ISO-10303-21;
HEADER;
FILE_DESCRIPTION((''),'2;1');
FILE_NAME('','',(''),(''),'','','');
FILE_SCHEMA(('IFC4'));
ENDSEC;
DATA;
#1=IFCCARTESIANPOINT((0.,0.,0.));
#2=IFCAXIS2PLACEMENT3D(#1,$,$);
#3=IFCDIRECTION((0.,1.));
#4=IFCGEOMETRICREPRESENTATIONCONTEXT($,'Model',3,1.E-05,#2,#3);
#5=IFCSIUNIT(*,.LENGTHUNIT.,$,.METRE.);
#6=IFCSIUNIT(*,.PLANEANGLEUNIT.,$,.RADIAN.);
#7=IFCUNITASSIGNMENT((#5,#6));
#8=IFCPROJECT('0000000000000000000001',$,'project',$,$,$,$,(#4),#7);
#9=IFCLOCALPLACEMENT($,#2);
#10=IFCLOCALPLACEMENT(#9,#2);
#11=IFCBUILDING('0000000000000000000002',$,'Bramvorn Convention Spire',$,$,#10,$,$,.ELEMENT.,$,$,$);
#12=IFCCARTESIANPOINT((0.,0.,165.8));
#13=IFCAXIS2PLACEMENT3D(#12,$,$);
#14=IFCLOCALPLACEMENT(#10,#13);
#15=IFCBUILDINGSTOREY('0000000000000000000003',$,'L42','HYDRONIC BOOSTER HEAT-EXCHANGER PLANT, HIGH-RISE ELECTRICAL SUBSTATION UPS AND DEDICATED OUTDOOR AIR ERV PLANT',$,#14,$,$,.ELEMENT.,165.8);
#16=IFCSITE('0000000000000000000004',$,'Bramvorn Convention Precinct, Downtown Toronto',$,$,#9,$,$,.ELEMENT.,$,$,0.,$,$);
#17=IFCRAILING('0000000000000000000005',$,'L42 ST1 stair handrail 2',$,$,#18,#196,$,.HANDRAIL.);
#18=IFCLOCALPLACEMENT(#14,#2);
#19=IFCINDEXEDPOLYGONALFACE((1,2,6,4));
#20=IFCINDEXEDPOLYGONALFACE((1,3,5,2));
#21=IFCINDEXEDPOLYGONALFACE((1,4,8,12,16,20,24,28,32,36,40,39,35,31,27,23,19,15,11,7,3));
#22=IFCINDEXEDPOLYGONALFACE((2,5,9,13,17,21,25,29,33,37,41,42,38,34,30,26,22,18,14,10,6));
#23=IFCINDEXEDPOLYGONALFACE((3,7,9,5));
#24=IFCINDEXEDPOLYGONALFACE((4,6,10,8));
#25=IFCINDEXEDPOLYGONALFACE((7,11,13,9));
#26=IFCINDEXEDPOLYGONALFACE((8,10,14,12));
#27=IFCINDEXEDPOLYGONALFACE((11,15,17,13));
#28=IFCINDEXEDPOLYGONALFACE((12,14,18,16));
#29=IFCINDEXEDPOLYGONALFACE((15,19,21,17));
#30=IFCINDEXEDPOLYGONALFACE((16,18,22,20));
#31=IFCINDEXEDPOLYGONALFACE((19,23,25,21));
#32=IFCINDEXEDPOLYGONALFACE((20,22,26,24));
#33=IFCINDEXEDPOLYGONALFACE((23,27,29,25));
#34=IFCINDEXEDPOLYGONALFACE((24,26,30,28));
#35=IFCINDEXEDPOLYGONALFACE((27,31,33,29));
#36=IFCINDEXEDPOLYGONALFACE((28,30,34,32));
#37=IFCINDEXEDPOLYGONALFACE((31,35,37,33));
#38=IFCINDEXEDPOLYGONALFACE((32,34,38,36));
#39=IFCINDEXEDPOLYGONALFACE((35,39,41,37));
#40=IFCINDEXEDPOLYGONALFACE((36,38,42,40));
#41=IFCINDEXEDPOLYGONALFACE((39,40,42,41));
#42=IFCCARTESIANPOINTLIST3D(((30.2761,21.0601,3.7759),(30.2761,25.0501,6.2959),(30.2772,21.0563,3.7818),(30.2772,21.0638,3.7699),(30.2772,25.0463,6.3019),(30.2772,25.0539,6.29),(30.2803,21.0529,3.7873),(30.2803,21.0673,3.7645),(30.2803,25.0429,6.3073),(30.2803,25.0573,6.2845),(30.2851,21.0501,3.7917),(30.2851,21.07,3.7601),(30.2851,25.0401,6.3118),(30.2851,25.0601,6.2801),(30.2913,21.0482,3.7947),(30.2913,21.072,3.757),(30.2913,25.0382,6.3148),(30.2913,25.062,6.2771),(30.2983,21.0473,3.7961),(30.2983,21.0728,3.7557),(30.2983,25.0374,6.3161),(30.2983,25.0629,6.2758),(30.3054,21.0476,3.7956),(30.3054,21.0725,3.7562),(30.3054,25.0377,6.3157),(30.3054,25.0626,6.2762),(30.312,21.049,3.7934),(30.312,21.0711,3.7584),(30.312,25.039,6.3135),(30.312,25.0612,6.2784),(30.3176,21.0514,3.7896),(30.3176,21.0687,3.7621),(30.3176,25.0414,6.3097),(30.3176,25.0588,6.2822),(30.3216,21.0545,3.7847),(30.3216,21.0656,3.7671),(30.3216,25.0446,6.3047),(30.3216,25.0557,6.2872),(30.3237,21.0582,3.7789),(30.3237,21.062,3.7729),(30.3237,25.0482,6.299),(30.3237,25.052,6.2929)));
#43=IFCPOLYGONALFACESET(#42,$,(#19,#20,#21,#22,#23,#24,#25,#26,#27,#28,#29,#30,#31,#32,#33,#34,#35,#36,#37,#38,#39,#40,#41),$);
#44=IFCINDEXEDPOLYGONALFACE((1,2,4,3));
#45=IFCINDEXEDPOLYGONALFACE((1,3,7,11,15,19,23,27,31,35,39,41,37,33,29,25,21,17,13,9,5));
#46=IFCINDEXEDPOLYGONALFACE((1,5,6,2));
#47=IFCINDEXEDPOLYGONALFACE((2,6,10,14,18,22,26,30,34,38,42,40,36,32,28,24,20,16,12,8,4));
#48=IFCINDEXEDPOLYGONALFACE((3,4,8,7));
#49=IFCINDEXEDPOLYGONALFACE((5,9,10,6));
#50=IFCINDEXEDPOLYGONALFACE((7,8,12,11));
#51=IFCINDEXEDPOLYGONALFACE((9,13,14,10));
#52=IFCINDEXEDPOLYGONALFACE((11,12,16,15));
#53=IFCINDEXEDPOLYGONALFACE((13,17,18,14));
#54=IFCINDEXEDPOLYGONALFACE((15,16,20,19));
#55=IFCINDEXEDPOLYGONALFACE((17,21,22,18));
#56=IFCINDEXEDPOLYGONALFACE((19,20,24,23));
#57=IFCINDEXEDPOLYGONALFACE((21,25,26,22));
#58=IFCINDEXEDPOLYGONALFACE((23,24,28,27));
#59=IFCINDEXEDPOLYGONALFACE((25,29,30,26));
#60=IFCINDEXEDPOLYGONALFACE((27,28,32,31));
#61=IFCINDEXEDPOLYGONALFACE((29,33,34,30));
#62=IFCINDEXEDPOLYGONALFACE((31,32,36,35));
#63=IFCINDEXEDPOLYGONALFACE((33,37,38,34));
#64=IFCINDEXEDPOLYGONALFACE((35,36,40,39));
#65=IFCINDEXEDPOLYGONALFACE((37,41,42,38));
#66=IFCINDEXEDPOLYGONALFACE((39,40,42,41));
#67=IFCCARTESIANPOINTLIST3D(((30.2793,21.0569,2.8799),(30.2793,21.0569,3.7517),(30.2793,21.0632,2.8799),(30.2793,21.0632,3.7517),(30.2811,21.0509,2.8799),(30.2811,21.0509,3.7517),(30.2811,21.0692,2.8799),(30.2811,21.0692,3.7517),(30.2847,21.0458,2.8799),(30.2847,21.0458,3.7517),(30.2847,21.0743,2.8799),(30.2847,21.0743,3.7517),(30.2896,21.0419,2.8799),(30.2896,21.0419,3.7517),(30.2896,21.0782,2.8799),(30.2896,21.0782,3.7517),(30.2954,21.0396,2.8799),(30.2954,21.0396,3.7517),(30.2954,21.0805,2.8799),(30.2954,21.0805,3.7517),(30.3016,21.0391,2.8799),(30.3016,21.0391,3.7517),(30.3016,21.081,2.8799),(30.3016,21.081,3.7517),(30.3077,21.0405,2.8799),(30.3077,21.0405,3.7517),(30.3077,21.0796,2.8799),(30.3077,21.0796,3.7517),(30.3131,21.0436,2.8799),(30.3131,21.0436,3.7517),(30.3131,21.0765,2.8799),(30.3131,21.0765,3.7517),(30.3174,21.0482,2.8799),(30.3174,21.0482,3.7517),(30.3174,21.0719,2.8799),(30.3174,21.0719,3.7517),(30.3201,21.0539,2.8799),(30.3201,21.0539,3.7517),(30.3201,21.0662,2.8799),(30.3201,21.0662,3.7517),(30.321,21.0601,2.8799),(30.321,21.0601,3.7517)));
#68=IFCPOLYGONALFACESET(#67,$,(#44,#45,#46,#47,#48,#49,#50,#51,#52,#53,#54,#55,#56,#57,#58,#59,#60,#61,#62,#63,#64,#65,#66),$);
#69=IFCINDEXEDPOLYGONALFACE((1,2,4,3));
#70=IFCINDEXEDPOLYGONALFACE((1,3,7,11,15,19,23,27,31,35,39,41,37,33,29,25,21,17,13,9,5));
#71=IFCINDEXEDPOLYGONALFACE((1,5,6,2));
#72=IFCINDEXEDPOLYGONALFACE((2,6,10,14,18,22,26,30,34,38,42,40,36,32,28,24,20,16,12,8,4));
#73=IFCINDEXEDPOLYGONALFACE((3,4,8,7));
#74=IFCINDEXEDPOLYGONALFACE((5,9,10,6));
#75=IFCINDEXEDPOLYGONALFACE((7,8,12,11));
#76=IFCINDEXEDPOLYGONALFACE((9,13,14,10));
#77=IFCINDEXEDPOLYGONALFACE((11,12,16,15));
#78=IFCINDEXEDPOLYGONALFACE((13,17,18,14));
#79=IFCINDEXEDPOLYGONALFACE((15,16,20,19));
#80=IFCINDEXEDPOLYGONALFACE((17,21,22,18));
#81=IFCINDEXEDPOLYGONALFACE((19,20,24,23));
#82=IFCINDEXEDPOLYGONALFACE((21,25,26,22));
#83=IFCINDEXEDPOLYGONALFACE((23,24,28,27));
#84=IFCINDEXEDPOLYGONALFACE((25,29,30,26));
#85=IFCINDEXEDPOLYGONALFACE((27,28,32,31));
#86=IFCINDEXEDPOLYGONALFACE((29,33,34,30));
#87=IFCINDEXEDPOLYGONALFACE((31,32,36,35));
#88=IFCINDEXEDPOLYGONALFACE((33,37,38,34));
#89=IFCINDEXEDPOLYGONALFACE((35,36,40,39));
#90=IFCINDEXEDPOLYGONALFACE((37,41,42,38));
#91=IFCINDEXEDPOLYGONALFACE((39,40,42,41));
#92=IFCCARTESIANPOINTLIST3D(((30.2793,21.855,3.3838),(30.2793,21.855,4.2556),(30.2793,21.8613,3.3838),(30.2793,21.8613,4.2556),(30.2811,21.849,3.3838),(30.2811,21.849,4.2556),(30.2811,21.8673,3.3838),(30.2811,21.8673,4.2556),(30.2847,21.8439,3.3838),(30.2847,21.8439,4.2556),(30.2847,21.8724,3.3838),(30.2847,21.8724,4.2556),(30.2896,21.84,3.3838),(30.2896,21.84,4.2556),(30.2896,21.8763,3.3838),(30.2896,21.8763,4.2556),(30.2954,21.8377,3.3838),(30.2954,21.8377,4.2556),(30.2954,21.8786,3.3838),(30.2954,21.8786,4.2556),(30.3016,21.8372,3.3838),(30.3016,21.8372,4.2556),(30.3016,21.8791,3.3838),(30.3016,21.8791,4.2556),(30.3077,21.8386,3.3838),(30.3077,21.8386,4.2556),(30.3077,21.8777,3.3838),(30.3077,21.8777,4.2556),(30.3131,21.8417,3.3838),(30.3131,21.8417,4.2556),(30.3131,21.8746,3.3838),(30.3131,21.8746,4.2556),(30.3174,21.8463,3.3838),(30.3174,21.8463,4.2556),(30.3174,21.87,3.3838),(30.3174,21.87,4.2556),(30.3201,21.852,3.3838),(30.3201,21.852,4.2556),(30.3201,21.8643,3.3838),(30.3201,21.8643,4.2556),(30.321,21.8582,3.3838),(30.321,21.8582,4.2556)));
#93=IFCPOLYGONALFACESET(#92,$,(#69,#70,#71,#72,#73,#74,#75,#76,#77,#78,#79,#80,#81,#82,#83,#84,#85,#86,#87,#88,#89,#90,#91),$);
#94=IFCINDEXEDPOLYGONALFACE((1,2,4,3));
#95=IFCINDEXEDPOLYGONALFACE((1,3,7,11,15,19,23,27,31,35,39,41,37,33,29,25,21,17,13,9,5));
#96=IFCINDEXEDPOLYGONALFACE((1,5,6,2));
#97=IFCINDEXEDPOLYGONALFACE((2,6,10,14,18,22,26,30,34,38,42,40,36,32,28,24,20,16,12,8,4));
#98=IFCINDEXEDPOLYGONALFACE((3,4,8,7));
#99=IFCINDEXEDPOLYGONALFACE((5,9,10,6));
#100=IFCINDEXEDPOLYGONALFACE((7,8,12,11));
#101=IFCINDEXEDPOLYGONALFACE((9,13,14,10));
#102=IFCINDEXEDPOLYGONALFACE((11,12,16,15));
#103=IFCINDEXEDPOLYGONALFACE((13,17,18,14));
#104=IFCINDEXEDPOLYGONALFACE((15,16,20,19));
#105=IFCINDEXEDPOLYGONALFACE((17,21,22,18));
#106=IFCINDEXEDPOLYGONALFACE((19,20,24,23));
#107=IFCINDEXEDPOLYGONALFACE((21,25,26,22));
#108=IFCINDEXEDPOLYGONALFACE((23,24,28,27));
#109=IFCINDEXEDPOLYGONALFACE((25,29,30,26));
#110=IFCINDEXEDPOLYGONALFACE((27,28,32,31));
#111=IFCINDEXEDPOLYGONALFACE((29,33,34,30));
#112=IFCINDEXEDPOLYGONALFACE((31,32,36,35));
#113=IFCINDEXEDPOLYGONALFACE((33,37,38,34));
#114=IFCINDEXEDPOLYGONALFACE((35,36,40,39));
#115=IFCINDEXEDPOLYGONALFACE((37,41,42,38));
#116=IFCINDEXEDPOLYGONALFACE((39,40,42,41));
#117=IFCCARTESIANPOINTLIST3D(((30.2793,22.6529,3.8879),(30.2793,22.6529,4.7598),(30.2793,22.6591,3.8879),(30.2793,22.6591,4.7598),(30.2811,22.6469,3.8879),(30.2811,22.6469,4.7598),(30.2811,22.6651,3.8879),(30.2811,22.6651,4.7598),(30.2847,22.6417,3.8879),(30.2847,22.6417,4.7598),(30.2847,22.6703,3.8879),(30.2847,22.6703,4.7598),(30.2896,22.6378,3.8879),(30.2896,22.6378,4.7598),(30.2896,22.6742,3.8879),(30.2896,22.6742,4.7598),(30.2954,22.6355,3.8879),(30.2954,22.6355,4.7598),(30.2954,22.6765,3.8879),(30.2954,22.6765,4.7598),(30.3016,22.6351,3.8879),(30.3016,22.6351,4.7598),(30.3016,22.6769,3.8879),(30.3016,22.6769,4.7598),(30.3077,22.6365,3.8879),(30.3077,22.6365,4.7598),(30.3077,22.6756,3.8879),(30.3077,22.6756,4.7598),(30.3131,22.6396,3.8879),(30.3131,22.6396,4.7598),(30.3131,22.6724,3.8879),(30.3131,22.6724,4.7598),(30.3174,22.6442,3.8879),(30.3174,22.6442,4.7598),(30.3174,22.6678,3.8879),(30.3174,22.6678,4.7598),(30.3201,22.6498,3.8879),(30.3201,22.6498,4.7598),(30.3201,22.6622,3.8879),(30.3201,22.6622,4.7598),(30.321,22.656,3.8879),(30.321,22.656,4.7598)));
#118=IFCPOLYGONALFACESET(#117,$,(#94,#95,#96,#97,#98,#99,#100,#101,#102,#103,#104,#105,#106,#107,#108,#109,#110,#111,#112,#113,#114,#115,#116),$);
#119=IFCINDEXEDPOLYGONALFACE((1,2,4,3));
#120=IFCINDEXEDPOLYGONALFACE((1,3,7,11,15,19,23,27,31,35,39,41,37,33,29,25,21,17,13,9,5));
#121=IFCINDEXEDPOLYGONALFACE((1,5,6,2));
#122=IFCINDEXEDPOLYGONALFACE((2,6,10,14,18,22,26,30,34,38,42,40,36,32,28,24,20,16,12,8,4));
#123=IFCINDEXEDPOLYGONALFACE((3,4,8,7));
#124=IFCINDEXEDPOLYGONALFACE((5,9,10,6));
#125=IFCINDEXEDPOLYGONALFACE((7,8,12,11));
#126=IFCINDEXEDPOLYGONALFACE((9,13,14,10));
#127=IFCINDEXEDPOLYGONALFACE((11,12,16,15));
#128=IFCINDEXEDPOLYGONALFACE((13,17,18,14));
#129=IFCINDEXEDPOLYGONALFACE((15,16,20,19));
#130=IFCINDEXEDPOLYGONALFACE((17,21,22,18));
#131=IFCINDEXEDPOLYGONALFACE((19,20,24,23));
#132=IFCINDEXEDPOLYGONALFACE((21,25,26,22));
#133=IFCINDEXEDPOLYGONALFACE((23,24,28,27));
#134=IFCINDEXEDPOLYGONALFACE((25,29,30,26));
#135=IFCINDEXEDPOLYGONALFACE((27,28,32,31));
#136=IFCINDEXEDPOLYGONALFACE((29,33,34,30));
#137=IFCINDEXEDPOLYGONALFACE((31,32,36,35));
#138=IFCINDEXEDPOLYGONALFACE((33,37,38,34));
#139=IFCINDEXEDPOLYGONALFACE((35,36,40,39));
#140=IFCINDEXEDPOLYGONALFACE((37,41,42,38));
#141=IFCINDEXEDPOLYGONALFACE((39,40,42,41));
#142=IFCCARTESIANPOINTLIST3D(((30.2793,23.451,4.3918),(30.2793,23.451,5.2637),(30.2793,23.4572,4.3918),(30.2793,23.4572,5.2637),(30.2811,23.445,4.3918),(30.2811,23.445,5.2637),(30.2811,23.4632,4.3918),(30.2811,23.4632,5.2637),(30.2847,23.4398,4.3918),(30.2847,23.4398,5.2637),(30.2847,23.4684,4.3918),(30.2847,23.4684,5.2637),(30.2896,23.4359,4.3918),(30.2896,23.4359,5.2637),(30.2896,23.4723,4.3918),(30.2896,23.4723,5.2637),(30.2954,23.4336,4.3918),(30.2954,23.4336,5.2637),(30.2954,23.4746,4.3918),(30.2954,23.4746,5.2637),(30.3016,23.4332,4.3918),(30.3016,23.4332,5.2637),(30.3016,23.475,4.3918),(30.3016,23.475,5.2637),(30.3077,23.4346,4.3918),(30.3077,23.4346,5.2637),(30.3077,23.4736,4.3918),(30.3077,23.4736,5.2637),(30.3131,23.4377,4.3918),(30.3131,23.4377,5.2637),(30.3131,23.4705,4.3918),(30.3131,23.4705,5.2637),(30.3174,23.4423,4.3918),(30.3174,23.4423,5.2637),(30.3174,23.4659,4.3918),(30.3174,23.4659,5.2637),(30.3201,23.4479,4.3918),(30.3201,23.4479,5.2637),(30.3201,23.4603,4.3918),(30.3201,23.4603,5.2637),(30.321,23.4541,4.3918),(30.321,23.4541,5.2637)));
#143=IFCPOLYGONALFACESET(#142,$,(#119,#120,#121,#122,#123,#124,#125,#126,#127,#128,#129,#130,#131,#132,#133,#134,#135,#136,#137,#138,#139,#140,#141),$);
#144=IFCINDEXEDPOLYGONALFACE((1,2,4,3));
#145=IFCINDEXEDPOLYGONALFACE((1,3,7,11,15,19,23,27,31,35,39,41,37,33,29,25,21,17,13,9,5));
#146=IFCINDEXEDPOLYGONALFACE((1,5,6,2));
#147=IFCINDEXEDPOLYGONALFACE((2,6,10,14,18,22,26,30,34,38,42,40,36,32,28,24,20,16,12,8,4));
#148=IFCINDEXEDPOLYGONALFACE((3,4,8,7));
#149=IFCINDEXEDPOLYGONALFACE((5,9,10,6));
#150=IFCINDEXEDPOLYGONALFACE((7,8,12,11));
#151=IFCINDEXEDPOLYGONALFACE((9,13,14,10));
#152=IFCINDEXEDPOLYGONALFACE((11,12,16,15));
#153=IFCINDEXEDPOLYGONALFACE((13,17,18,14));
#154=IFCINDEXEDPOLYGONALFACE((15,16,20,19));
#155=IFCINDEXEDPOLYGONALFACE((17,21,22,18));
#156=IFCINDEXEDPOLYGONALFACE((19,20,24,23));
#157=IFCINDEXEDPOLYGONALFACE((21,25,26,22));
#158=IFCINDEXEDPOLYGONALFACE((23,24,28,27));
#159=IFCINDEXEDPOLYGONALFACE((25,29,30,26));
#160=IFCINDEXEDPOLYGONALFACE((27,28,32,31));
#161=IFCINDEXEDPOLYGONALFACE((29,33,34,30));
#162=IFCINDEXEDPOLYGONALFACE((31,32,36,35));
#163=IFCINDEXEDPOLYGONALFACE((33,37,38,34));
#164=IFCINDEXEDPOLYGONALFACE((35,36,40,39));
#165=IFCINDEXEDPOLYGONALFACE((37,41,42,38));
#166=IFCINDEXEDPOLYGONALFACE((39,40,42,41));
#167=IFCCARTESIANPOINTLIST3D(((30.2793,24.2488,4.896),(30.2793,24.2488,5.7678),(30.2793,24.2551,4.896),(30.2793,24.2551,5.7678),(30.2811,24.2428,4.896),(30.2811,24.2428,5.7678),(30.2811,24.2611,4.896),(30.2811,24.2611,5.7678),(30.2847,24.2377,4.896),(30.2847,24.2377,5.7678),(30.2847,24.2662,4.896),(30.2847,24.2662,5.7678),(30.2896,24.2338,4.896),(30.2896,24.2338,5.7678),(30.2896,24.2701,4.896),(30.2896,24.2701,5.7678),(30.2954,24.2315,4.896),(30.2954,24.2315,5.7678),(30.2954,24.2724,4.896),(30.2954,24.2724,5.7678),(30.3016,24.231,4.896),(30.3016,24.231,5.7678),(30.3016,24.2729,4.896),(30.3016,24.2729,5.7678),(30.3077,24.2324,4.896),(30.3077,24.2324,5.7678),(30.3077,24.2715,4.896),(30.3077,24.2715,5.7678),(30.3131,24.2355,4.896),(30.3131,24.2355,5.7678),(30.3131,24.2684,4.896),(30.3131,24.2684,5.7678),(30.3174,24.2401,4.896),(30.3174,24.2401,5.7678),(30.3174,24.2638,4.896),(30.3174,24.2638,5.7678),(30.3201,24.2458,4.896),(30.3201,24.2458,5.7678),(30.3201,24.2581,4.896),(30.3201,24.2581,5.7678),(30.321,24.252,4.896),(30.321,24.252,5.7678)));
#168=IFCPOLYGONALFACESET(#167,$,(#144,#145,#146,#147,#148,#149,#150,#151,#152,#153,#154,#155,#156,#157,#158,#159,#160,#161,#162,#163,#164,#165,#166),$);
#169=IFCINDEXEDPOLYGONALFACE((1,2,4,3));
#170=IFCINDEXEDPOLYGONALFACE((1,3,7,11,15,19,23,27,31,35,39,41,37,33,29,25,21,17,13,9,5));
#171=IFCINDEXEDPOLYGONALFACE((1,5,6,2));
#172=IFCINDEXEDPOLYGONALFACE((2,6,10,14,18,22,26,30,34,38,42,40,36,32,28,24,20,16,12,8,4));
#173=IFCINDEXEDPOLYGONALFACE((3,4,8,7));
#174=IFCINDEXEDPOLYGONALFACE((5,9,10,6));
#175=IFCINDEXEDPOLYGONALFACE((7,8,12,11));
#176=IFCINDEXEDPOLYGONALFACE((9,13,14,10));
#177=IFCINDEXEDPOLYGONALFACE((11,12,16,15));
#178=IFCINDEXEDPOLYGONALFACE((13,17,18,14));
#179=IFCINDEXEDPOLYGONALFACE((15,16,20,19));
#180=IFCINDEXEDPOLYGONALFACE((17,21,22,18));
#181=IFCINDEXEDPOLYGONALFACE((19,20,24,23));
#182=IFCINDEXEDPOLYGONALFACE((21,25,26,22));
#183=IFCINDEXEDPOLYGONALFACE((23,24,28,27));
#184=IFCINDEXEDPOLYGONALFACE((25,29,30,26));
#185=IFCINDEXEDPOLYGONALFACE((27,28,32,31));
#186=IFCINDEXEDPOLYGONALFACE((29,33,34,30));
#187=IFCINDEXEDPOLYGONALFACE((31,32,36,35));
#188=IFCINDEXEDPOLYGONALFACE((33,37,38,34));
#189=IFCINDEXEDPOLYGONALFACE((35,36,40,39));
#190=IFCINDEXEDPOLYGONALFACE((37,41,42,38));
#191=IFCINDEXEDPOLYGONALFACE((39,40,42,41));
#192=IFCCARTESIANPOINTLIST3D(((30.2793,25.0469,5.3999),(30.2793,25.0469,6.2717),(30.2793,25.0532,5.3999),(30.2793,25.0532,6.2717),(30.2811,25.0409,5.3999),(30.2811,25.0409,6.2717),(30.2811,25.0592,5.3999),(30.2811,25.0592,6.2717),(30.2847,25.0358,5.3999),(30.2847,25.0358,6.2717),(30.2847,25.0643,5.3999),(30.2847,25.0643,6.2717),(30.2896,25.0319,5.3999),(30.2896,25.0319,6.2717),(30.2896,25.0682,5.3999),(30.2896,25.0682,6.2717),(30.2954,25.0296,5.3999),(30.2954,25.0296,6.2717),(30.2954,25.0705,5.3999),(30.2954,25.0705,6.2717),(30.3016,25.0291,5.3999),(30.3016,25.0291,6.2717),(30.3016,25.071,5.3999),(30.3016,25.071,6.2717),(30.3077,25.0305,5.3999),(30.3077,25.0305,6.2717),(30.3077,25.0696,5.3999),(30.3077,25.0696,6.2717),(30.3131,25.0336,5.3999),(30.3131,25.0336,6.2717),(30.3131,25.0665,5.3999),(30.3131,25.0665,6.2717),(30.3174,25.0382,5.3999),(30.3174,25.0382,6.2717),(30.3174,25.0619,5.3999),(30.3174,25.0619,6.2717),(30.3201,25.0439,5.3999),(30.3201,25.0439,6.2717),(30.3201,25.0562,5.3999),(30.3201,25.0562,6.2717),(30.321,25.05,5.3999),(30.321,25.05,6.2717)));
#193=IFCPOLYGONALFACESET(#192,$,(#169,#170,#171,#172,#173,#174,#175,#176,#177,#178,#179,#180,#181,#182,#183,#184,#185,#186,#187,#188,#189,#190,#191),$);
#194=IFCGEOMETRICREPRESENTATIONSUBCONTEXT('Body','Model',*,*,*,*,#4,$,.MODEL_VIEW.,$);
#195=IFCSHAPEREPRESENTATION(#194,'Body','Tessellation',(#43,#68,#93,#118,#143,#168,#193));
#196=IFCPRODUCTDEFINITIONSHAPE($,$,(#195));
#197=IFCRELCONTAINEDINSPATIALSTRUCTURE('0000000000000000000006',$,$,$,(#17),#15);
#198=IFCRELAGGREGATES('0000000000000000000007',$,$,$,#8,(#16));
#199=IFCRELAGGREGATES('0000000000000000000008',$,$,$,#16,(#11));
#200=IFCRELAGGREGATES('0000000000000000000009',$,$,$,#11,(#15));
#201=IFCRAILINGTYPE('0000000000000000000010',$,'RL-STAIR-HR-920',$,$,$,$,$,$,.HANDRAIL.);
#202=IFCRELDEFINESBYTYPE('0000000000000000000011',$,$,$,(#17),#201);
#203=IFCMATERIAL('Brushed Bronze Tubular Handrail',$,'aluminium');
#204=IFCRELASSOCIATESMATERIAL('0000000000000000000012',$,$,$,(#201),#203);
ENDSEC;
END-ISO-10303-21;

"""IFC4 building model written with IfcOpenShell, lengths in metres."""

from ifc_helpers import new_model, si_unit, direction, frame, origin, origin_2d, place, context, subcontext, project, spatial, circle, extrude, material, type_object, element, save


model = new_model("IFC4")

# Units and contexts
model_context = context("Model", 3, precision=1e-05, world=origin(), true_north=direction((0.0, 1.0)))
body_context = subcontext(model_context, "Body", "Model", "MODEL_VIEW")
ifc_project = project(units=[si_unit("LENGTHUNIT", "METRE"), si_unit("PLANEANGLEUNIT", "RADIAN")], contexts=[model_context])

# Site, building, storey
site_placement = place(None, origin())
site = spatial("IfcSite", under=ifc_project, at=site_placement, Name="Bramvorn Convention Precinct, Downtown Toronto", CompositionType="ELEMENT", RefElevation=0.0)
building_placement = place(site_placement, origin())
building = spatial("IfcBuilding", under=site, at=building_placement, Name="Bramvorn Convention Spire", CompositionType="ELEMENT")
storey_placement = place(building_placement, frame((0.0, 0.0, 165.8)))
storey = spatial("IfcBuildingStorey", under=building, at=storey_placement, Name="L42", Description="HYDRONIC BOOSTER HEAT-EXCHANGER PLANT, HIGH-RISE ELECTRICAL SUBSTATION UPS AND DEDICATED OUTDOOR AIR ERV PLANT", CompositionType="ELEMENT", Elevation=165.8)

# Railing
ifc_material_1 = material(Name="Brushed Bronze Tubular Handrail", Category="aluminium")
railing_type_1 = type_object("IfcRailingType", Name="RL-STAIR-HR-920", PredefinedType="HANDRAIL", material=ifc_material_1)
railing_1_placement = place(storey_placement, frame((30.3, 21.0601, 2.8799)))
element("IfcRailing", 1, at=railing_1_placement, inside=storey, type_object=railing_type_1, Name="L42 ST1 stair handrail 2", PredefinedType="HANDRAIL", context=body_context, shape_type="SweptSolid", body=[
    extrude(circle(Radius=0.0239, at=origin_2d()), frame((0.0, 0.0, 0.896), z_axis=(0.0, 0.845486, 0.533997), x_axis=(-1.0, 0.0, 0.0)), (0.0, 0.0, 1.0), 4.7192),
    extrude(circle(Radius=0.021, at=origin_2d()), origin(), (0.0, 0.0, 1.0), 0.8718),
    extrude(circle(Radius=0.021, at=origin_2d()), frame((0.0, 0.7981, 0.5039)), (0.0, 0.0, 1.0), 0.8718),
    extrude(circle(Radius=0.021, at=origin_2d()), frame((0.0, 1.5959, 1.0081)), (0.0, 0.0, 1.0), 0.8718),
    extrude(circle(Radius=0.021, at=origin_2d()), frame((0.0, 2.394, 1.512)), (0.0, 0.0, 1.0), 0.8718),
    extrude(circle(Radius=0.021, at=origin_2d()), frame((0.0, 3.1919, 2.0161)), (0.0, 0.0, 1.0), 0.8718),
    extrude(circle(Radius=0.021, at=origin_2d()), frame((0.0, 3.99, 2.52)), (0.0, 0.0, 1.0), 0.8718),
])

save(model, "model.ifc")
